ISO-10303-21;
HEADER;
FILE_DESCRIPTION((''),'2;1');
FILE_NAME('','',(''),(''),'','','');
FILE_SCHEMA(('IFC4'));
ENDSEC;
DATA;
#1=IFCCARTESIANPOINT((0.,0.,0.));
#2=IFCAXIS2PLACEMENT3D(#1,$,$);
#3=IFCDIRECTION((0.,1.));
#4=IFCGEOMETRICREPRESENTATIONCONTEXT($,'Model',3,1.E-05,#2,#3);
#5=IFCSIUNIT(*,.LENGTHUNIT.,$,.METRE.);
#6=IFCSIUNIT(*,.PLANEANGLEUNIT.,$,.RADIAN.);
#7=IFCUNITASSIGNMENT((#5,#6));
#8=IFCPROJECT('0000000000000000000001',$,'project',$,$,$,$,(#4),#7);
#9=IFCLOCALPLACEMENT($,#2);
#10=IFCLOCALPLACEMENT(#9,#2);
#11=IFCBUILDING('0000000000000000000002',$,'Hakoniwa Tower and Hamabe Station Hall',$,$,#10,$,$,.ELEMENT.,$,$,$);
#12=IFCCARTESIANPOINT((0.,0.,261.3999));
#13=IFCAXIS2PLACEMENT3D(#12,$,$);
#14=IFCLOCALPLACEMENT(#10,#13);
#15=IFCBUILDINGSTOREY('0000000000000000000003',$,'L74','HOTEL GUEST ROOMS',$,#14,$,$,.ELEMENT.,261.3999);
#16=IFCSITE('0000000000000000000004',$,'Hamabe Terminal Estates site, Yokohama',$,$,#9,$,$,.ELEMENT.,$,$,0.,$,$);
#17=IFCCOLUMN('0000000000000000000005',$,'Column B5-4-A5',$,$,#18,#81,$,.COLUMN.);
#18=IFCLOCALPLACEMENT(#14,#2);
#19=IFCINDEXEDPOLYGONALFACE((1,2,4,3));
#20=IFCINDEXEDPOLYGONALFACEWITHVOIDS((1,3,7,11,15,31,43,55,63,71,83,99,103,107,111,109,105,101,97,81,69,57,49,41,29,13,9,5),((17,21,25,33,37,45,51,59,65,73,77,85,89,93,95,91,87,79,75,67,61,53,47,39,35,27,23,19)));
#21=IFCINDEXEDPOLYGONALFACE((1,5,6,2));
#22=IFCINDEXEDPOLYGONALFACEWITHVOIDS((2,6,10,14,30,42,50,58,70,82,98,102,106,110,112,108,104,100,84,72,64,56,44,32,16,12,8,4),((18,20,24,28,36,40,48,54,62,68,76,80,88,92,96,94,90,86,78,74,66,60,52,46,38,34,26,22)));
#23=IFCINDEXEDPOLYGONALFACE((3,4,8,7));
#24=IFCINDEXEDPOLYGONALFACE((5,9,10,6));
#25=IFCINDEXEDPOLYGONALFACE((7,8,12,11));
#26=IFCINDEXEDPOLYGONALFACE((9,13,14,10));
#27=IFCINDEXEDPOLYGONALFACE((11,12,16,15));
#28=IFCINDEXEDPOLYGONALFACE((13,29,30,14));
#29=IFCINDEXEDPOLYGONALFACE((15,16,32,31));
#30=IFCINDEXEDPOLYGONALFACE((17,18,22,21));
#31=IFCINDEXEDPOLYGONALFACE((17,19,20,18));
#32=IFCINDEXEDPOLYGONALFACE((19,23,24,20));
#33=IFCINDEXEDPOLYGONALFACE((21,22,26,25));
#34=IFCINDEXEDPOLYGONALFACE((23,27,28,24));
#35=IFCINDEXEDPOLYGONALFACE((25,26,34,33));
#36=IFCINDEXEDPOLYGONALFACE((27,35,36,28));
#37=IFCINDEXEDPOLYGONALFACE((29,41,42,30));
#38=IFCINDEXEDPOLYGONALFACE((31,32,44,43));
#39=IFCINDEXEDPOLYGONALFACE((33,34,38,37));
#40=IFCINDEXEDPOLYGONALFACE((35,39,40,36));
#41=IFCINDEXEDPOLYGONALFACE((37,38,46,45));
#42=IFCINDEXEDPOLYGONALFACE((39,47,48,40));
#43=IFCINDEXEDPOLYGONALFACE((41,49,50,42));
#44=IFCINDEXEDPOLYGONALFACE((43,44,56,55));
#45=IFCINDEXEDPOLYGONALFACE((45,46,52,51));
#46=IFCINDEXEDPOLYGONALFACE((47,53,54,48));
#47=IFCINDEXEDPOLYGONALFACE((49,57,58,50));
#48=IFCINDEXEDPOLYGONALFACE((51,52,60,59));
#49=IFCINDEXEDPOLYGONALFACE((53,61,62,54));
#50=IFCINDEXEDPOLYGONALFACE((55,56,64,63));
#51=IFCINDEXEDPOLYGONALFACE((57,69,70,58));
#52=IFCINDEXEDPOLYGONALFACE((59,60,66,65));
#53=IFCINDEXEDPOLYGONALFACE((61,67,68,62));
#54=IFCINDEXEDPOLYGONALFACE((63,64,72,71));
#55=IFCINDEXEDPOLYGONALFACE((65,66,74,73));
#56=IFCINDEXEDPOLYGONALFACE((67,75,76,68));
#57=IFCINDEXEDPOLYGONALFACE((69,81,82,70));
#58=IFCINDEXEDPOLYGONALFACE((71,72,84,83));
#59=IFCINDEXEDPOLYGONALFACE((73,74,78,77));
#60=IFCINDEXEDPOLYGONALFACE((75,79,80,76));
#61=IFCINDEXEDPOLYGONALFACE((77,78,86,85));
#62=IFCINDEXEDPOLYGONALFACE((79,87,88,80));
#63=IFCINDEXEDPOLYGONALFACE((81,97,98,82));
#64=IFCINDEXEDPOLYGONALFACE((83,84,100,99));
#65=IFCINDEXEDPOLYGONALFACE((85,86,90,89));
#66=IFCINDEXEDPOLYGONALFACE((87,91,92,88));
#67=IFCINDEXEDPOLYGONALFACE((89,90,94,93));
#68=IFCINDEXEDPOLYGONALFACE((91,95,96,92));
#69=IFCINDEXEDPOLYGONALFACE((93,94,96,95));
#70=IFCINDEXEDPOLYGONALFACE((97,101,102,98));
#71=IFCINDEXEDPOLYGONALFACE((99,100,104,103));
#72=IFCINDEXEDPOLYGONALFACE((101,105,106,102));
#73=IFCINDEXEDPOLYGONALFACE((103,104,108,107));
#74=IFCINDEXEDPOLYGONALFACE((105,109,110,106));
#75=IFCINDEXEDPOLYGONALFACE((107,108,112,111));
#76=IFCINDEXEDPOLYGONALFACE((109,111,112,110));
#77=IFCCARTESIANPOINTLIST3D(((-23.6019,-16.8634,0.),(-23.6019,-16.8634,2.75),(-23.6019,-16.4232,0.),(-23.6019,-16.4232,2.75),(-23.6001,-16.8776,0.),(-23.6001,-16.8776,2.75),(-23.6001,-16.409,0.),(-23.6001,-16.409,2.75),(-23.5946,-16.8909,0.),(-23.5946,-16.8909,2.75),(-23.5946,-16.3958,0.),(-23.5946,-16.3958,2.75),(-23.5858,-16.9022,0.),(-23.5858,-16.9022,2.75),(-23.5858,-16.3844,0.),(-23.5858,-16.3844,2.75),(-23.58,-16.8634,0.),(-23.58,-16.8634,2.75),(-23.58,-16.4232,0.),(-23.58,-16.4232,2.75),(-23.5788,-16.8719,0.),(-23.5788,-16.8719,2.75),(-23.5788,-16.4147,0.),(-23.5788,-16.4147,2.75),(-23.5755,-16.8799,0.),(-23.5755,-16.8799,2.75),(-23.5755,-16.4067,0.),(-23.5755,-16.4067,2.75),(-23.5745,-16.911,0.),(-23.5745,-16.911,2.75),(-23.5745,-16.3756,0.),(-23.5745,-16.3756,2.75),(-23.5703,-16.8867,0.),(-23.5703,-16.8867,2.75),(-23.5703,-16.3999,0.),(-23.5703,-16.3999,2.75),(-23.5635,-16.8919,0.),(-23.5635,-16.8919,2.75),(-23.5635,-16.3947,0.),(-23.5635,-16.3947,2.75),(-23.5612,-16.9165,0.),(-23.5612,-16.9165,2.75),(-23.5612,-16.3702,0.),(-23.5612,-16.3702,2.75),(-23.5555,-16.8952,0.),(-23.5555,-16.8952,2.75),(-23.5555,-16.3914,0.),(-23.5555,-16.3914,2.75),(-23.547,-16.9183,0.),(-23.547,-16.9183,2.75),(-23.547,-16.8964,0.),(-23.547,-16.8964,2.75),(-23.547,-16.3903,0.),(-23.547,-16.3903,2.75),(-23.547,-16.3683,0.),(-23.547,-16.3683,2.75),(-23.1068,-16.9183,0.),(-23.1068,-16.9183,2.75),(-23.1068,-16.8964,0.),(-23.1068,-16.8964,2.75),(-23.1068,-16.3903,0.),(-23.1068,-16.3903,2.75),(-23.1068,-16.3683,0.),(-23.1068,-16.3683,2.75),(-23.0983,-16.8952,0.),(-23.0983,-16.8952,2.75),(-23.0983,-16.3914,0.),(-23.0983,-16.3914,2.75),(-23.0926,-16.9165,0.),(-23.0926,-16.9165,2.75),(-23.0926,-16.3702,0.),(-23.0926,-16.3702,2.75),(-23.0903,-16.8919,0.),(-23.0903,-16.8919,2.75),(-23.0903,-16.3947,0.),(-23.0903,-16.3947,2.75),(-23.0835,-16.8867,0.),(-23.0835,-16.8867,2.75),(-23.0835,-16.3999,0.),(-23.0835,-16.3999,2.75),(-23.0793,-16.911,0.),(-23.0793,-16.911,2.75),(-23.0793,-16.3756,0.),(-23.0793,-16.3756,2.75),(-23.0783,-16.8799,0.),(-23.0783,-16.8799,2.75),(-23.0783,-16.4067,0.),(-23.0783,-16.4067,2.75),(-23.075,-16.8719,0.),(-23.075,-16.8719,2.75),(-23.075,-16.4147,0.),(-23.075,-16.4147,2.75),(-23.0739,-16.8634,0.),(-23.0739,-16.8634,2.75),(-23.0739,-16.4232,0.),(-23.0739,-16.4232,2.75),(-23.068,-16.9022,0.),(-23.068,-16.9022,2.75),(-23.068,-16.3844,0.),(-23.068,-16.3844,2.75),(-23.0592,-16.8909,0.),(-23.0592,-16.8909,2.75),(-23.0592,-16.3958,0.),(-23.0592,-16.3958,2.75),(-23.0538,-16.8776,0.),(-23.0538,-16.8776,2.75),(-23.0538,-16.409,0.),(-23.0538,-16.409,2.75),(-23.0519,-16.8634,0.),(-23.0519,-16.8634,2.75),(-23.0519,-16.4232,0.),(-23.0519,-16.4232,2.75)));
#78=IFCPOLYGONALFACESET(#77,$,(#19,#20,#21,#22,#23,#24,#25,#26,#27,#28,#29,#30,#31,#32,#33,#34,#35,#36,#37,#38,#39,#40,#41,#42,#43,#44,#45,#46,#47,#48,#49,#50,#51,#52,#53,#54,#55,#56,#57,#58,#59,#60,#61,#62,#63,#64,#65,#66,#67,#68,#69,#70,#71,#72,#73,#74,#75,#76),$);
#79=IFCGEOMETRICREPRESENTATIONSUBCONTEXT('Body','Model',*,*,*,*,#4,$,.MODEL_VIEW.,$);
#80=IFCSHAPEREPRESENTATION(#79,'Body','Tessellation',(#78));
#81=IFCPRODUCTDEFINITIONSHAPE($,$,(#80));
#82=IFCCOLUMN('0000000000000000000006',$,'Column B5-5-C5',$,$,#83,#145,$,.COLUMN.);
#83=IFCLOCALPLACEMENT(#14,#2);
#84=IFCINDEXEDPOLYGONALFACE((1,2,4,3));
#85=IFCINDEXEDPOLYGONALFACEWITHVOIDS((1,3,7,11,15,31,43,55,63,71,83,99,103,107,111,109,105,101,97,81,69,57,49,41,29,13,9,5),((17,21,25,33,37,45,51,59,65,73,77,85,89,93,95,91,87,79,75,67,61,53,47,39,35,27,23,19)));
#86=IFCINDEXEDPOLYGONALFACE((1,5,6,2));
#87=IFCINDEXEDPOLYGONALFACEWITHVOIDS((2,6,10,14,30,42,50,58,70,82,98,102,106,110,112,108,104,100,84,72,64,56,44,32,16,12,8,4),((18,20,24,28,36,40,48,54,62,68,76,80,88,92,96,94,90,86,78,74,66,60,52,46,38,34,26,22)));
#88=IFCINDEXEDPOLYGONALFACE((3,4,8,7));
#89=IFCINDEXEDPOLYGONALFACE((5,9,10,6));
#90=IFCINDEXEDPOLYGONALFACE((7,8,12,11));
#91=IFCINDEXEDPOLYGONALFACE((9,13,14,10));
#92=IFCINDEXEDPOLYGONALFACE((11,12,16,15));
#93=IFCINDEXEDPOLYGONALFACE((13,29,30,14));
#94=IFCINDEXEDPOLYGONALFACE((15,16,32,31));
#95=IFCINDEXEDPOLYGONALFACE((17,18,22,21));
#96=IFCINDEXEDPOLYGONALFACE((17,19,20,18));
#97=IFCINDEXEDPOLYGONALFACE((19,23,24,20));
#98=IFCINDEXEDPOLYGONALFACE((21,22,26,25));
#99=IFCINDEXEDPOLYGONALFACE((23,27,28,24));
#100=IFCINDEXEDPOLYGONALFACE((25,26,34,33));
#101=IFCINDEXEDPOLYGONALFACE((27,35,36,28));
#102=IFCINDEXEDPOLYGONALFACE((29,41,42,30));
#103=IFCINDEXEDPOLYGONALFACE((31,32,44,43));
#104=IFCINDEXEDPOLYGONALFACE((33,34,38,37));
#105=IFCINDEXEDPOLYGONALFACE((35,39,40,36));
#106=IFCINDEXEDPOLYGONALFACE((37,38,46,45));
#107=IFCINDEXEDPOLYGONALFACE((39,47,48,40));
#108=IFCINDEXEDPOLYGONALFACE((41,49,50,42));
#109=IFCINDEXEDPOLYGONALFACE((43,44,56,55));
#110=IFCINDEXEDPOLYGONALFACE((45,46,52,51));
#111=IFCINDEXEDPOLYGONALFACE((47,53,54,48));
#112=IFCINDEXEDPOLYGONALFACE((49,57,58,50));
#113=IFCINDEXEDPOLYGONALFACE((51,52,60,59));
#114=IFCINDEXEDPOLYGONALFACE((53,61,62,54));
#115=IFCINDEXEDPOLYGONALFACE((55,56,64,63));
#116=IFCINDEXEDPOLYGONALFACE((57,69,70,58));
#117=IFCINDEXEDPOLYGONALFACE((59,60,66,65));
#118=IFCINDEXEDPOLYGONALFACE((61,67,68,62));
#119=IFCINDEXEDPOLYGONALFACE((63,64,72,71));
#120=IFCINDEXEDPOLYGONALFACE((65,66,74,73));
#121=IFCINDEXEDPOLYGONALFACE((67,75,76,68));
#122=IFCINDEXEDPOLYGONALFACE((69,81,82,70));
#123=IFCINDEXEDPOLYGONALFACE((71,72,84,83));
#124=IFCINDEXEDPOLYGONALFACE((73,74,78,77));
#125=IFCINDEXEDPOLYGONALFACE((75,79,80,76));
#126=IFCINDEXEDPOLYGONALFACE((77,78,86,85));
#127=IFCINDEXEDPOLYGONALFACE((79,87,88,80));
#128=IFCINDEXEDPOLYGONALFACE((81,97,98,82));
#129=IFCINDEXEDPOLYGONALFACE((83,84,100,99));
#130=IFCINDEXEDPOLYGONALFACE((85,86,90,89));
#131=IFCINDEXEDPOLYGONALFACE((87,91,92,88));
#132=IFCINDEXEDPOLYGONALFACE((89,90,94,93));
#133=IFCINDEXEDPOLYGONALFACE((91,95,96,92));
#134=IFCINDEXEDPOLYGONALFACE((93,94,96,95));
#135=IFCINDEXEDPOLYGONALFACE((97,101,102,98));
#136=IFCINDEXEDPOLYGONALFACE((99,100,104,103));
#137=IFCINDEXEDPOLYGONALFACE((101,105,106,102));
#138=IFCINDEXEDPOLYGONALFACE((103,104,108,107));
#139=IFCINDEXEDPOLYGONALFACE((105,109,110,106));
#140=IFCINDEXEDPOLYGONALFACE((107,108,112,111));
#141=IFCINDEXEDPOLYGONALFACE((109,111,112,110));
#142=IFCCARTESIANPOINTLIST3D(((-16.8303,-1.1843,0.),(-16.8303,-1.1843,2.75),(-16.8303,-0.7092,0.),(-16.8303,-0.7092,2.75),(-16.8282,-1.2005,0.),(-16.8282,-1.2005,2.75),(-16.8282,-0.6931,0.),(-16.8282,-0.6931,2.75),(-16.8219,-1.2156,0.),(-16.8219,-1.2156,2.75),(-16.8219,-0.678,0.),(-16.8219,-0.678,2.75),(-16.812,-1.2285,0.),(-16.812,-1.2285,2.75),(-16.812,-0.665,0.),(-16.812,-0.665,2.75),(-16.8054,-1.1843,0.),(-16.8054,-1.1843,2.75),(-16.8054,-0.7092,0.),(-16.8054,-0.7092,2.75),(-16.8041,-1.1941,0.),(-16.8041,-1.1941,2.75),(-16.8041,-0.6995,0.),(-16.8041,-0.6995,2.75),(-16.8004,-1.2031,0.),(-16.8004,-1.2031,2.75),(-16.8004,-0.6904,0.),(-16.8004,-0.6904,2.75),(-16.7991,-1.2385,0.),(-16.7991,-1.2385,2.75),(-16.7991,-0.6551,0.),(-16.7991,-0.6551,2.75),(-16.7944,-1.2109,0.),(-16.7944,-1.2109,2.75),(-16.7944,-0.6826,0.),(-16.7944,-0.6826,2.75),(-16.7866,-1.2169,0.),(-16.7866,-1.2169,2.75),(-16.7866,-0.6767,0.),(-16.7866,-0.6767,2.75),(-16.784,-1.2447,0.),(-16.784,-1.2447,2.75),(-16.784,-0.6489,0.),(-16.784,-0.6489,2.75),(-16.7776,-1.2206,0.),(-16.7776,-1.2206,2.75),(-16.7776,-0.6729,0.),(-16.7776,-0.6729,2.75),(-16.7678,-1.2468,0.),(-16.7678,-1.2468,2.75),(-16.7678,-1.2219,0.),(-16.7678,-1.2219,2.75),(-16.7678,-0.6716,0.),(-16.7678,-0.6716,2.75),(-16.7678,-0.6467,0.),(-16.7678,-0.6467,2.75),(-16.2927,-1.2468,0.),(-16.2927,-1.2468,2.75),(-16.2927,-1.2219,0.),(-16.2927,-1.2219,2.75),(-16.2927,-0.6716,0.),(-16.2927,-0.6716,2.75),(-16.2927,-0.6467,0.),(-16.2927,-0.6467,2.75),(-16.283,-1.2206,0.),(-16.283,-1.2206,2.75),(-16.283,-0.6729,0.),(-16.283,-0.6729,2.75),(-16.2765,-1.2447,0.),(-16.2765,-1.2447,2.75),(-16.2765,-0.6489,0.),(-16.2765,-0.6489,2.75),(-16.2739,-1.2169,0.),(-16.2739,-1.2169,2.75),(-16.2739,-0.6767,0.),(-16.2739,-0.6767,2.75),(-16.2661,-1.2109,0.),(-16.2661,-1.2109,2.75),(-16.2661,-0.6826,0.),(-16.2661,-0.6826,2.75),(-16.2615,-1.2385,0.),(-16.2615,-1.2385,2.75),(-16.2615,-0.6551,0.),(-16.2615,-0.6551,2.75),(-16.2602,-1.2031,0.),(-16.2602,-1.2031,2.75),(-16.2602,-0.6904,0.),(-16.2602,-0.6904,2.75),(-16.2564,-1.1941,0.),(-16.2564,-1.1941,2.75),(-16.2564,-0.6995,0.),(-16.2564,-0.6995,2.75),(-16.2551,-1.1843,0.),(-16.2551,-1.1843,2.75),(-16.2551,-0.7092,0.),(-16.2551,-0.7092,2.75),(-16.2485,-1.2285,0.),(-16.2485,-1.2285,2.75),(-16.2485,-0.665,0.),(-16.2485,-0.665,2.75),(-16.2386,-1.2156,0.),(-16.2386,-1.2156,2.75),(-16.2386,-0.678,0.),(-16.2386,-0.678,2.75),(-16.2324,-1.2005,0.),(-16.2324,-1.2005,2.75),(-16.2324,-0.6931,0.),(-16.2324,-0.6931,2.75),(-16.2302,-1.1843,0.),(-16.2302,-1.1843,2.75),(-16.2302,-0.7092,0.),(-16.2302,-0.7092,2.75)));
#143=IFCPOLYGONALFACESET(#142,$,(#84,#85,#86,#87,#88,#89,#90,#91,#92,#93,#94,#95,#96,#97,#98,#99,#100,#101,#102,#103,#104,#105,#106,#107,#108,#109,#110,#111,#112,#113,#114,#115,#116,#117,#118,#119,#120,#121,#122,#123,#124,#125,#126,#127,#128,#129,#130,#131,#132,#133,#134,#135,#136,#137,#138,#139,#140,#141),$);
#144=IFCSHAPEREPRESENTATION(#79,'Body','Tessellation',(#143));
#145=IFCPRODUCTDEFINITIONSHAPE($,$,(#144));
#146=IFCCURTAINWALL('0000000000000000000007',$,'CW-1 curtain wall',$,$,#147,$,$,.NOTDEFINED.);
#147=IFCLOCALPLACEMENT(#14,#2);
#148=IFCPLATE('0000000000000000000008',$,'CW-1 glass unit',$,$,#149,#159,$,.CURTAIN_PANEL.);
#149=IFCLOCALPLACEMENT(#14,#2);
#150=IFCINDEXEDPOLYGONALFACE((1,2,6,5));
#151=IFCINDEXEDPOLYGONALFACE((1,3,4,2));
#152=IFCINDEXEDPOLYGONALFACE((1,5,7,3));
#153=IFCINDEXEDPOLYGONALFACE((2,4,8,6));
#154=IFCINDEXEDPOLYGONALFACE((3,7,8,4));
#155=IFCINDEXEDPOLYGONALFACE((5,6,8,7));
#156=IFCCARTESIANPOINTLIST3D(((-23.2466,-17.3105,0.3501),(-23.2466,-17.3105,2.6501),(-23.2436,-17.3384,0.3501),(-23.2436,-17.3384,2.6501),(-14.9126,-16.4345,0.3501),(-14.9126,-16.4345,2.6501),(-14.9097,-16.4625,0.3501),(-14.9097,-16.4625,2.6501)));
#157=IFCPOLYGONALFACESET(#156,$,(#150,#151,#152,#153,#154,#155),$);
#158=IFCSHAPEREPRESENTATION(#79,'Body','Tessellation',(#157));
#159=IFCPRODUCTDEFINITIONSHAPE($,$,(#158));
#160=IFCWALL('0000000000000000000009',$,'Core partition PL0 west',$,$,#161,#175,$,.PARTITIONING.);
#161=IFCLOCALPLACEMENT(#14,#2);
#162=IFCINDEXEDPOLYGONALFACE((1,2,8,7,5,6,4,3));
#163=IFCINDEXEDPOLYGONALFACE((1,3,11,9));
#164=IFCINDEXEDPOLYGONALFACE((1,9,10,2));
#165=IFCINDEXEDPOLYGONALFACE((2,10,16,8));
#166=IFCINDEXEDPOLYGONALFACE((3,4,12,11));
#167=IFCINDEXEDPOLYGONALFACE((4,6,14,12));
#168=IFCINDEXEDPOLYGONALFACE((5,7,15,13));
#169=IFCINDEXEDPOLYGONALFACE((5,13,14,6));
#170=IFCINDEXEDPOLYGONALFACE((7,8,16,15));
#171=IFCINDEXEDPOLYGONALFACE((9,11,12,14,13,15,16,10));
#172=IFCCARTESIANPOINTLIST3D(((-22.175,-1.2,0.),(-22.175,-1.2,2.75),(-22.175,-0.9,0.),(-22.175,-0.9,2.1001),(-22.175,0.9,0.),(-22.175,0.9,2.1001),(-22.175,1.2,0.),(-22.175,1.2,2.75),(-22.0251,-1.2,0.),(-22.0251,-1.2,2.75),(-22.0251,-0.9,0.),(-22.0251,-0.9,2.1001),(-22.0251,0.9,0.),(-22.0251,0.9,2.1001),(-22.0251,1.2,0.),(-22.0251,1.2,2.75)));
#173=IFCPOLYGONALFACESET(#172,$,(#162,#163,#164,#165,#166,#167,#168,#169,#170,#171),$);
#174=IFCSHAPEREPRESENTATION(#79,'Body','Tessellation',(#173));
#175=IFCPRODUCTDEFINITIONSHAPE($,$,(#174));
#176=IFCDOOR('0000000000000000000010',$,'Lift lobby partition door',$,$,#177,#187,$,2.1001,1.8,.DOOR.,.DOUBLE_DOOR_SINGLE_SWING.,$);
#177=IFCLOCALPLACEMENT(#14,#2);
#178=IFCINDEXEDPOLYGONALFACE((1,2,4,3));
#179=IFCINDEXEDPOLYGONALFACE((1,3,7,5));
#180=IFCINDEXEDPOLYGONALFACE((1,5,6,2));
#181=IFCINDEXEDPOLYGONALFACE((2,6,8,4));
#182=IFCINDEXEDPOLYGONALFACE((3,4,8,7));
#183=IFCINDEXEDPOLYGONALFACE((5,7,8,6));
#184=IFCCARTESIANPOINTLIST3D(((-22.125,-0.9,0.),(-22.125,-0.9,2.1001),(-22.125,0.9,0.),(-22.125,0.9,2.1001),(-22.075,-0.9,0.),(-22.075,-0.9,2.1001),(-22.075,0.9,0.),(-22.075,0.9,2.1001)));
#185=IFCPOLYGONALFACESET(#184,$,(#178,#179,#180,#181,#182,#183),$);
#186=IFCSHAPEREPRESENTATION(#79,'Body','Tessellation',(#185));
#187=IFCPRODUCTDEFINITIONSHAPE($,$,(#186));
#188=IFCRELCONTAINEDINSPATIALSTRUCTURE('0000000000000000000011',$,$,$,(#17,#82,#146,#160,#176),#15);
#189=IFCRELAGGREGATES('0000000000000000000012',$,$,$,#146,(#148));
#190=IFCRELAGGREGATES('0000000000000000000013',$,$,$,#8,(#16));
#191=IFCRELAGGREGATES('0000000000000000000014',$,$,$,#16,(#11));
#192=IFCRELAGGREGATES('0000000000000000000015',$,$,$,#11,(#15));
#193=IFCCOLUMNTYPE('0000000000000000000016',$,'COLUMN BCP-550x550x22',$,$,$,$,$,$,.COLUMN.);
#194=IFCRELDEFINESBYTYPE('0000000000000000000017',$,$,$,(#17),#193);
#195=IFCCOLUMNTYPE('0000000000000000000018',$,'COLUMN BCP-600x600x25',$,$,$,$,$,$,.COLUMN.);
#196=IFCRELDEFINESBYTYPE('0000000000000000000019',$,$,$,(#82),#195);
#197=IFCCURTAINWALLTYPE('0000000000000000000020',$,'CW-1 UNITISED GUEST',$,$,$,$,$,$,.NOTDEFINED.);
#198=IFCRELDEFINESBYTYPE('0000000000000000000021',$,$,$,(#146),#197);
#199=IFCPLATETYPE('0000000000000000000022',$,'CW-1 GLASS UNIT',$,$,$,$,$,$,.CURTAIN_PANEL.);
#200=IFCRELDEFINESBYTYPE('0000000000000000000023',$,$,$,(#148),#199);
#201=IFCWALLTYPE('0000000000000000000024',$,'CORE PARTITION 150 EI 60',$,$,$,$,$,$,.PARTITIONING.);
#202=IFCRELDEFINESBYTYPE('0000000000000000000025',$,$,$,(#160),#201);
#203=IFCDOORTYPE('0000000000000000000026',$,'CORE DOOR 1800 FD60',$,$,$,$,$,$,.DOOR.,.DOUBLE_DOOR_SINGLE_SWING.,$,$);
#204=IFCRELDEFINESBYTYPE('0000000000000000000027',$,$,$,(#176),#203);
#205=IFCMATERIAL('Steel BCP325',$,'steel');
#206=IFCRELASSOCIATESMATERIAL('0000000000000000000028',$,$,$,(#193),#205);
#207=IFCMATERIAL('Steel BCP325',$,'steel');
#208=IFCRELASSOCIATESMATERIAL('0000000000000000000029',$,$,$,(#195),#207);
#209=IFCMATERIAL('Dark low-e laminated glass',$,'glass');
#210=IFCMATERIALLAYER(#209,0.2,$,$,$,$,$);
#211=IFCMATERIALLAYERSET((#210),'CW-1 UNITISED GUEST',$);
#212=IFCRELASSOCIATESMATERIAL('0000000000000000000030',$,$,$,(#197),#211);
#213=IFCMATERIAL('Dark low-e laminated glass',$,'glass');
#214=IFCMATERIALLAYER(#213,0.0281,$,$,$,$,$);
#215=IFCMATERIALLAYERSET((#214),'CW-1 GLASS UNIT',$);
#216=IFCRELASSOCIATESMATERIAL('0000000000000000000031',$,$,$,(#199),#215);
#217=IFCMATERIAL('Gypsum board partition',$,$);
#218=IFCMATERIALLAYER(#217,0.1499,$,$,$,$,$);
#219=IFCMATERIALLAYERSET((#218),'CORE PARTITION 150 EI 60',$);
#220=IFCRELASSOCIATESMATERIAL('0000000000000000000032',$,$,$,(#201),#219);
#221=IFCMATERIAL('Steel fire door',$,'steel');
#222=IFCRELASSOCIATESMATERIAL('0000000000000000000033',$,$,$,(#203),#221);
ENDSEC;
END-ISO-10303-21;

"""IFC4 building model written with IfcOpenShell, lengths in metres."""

from ifc_helpers import new_model, si_unit, direction, frame, frame_2d, origin, origin_2d, place, context, subcontext, project, spatial, rectangle, hollow_rectangle, extrude, material, layer, layer_set, material_profile, profile_set, type_object, element, fill, aggregate, save


model = new_model("IFC4")

# Units and contexts
model_context = context("Model", 3, precision=1e-05, world=origin(), true_north=direction((0.0, 1.0)))
body_context = subcontext(model_context, "Body", "Model", "MODEL_VIEW")
ifc_project = project(units=[si_unit("LENGTHUNIT", "METRE"), si_unit("PLANEANGLEUNIT", "RADIAN")], contexts=[model_context])

# Site, building, storey
site_placement = place(None, origin())
site = spatial("IfcSite", under=ifc_project, at=site_placement, Name="Hamabe Terminal Estates site, Yokohama", CompositionType="ELEMENT", RefElevation=0.0)
building_placement = place(site_placement, origin())
building = spatial("IfcBuilding", under=site, at=building_placement, Name="Hakoniwa Tower and Hamabe Station Hall", CompositionType="ELEMENT")
storey_placement = place(building_placement, frame((0.0, 0.0, 261.3999)))
storey = spatial("IfcBuildingStorey", under=building, at=storey_placement, Name="L74", Description="HOTEL GUEST ROOMS", CompositionType="ELEMENT", Elevation=261.3999)

# Columns
ifc_material_1 = material(Name="Steel BCP325", Category="steel")
ifc_material_profile_1 = material_profile(ifc_material_1, hollow_rectangle(XDim=0.55, YDim=0.55, WallThickness=0.022, InnerFilletRadius=0.033, OuterFilletRadius=0.0549, at=origin_2d()), Name="BCP-550x550x22")
ifc_profile_set_1 = profile_set([ifc_material_profile_1], Name="Steel BCP325")
column_type_1 = type_object("IfcColumnType", Name="COLUMN BCP-550x550x22", PredefinedType="COLUMN", material=ifc_profile_set_1)
column_1_placement = place(storey_placement, frame((-23.3269, -16.6433, 0.0), z_axis=(0.0, 0.0, 1.0), x_axis=(1.0, 0.0, 0.0)))
element("IfcColumn", 1, at=column_1_placement, inside=storey, type_object=column_type_1, Name="Column B5-4-A5", PredefinedType="COLUMN", context=body_context, shape_type="SweptSolid", body=[
    extrude(hollow_rectangle(XDim=0.55, YDim=0.55, WallThickness=0.022, InnerFilletRadius=0.033, OuterFilletRadius=0.0549, at=origin_2d()), origin(), (0.0, 0.0, 1.0), 2.75),
])
ifc_material_2 = material(Name="Steel BCP325", Category="steel")
ifc_material_profile_2 = material_profile(ifc_material_2, hollow_rectangle(XDim=0.6001, YDim=0.6001, WallThickness=0.0249, InnerFilletRadius=0.0376, OuterFilletRadius=0.0625, at=origin_2d()), Name="BCP-600x600x25")
ifc_profile_set_2 = profile_set([ifc_material_profile_2], Name="Steel BCP325")
column_type_2 = type_object("IfcColumnType", Name="COLUMN BCP-600x600x25", PredefinedType="COLUMN", material=ifc_profile_set_2)
column_2_placement = place(storey_placement, frame((-16.5303, -0.9468, 0.0), z_axis=(0.0, 0.0, 1.0), x_axis=(1.0, 0.0, 0.0)))
element("IfcColumn", 2, at=column_2_placement, inside=storey, type_object=column_type_2, Name="Column B5-5-C5", PredefinedType="COLUMN", context=body_context, shape_type="SweptSolid", body=[
    extrude(hollow_rectangle(XDim=0.6001, YDim=0.6001, WallThickness=0.0249, InnerFilletRadius=0.0376, OuterFilletRadius=0.0625, at=origin_2d()), origin(), (0.0, 0.0, 1.0), 2.75),
])

# Curtain wall, plate
ifc_material_3 = material(Name="Dark low-e laminated glass", Category="glass")
ifc_layer_1 = layer(ifc_material_3, 0.2)
ifc_layer_set_1 = layer_set([ifc_layer_1], Name="CW-1 UNITISED GUEST")
curtain_wall_type = type_object("IfcCurtainWallType", Name="CW-1 UNITISED GUEST", PredefinedType="NOTDEFINED", material=ifc_layer_set_1)
curtain_wall_placement = place(storey_placement, origin())
curtain_wall = element("IfcCurtainWall", 3, at=curtain_wall_placement, inside=storey, type_object=curtain_wall_type, Name="CW-1 curtain wall", PredefinedType="NOTDEFINED")
ifc_material_4 = material(Name="Dark low-e laminated glass", Category="glass")
ifc_layer_2 = layer(ifc_material_4, 0.0281)
ifc_layer_set_2 = layer_set([ifc_layer_2], Name="CW-1 GLASS UNIT")
plate_type = type_object("IfcPlateType", Name="CW-1 GLASS UNIT", PredefinedType="CURTAIN_PANEL", material=ifc_layer_set_2)
plate_placement = place(storey_placement, frame((-19.0781, -16.8865, 0.3501), z_axis=(0.0, 0.0, 1.0), x_axis=(0.994522, 0.104528, 0.0)))
plate = element("IfcPlate", 4, at=plate_placement, type_object=plate_type, Name="CW-1 glass unit", PredefinedType="CURTAIN_PANEL", context=body_context, shape_type="SweptSolid", body=[
    extrude(rectangle(XDim=8.3799, YDim=0.0281, at=origin_2d()), origin(), (0.0, 0.0, 1.0), 2.3),
])
aggregate(curtain_wall, [plate])

# Wall, opening, door
ifc_material_5 = material(Name="Gypsum board partition")
ifc_layer_3 = layer(ifc_material_5, 0.1499)
ifc_layer_set_3 = layer_set([ifc_layer_3], Name="CORE PARTITION 150 EI 60")
wall_type_1 = type_object("IfcWallType", Name="CORE PARTITION 150 EI 60", PredefinedType="PARTITIONING", material=ifc_layer_set_3)
wall_1_placement = place(storey_placement, frame((-22.1001, -1.2, 0.0), z_axis=(0.0, 0.0, 1.0), x_axis=(0.0, 1.0, 0.0)))
wall_1 = element("IfcWall", 5, at=wall_1_placement, inside=storey, type_object=wall_type_1, Name="Core partition PL0 west", PredefinedType="PARTITIONING", context=body_context, shape_type="SweptSolid", body=[
    extrude(rectangle(XDim=2.3999, YDim=0.1499, at=frame_2d((1.2, 0.0))), origin(), (0.0, 0.0, 1.0), 2.75),
])
opening_1_placement = place(wall_1_placement, frame((0.3, 0.0, 0.0)))
opening_1 = element("IfcOpeningElement", 6, at=opening_1_placement, cuts=wall_1, PredefinedType="OPENING", context=body_context, shape_type="SweptSolid", body=[
    extrude(rectangle(XDim=1.8, YDim=2.1001, at=frame_2d((0.8999, 1.05))), frame((0.0, 0.085, 0.0), z_axis=(0.0, -1.0, 0.0), x_axis=(1.0, 0.0, 0.0)), (0.0, 0.0, 1.0), 0.1699),
])
ifc_material_6 = material(Name="Steel fire door", Category="steel")
door_type_1 = type_object("IfcDoorType", Name="CORE DOOR 1800 FD60", OperationType="DOUBLE_DOOR_SINGLE_SWING", PredefinedType="DOOR", material=ifc_material_6)
door_1_placement = place(opening_1_placement, origin())
door_1 = element("IfcDoor", 7, at=door_1_placement, inside=storey, type_object=door_type_1, Name="Lift lobby partition door", OperationType="DOUBLE_DOOR_SINGLE_SWING", OverallHeight=2.1001, OverallWidth=1.8, PredefinedType="DOOR", context=body_context, shape_type="SweptSolid", body=[
    extrude(rectangle(XDim=1.8, YDim=2.1001, at=frame_2d((0.8999, 1.05))), frame((0.0, 0.0249, 0.0), z_axis=(0.0, -1.0, 0.0), x_axis=(1.0, 0.0, 0.0)), (0.0, 0.0, 1.0), 0.05),
])
fill(opening_1, door_1)

save(model, "model.ifc")
